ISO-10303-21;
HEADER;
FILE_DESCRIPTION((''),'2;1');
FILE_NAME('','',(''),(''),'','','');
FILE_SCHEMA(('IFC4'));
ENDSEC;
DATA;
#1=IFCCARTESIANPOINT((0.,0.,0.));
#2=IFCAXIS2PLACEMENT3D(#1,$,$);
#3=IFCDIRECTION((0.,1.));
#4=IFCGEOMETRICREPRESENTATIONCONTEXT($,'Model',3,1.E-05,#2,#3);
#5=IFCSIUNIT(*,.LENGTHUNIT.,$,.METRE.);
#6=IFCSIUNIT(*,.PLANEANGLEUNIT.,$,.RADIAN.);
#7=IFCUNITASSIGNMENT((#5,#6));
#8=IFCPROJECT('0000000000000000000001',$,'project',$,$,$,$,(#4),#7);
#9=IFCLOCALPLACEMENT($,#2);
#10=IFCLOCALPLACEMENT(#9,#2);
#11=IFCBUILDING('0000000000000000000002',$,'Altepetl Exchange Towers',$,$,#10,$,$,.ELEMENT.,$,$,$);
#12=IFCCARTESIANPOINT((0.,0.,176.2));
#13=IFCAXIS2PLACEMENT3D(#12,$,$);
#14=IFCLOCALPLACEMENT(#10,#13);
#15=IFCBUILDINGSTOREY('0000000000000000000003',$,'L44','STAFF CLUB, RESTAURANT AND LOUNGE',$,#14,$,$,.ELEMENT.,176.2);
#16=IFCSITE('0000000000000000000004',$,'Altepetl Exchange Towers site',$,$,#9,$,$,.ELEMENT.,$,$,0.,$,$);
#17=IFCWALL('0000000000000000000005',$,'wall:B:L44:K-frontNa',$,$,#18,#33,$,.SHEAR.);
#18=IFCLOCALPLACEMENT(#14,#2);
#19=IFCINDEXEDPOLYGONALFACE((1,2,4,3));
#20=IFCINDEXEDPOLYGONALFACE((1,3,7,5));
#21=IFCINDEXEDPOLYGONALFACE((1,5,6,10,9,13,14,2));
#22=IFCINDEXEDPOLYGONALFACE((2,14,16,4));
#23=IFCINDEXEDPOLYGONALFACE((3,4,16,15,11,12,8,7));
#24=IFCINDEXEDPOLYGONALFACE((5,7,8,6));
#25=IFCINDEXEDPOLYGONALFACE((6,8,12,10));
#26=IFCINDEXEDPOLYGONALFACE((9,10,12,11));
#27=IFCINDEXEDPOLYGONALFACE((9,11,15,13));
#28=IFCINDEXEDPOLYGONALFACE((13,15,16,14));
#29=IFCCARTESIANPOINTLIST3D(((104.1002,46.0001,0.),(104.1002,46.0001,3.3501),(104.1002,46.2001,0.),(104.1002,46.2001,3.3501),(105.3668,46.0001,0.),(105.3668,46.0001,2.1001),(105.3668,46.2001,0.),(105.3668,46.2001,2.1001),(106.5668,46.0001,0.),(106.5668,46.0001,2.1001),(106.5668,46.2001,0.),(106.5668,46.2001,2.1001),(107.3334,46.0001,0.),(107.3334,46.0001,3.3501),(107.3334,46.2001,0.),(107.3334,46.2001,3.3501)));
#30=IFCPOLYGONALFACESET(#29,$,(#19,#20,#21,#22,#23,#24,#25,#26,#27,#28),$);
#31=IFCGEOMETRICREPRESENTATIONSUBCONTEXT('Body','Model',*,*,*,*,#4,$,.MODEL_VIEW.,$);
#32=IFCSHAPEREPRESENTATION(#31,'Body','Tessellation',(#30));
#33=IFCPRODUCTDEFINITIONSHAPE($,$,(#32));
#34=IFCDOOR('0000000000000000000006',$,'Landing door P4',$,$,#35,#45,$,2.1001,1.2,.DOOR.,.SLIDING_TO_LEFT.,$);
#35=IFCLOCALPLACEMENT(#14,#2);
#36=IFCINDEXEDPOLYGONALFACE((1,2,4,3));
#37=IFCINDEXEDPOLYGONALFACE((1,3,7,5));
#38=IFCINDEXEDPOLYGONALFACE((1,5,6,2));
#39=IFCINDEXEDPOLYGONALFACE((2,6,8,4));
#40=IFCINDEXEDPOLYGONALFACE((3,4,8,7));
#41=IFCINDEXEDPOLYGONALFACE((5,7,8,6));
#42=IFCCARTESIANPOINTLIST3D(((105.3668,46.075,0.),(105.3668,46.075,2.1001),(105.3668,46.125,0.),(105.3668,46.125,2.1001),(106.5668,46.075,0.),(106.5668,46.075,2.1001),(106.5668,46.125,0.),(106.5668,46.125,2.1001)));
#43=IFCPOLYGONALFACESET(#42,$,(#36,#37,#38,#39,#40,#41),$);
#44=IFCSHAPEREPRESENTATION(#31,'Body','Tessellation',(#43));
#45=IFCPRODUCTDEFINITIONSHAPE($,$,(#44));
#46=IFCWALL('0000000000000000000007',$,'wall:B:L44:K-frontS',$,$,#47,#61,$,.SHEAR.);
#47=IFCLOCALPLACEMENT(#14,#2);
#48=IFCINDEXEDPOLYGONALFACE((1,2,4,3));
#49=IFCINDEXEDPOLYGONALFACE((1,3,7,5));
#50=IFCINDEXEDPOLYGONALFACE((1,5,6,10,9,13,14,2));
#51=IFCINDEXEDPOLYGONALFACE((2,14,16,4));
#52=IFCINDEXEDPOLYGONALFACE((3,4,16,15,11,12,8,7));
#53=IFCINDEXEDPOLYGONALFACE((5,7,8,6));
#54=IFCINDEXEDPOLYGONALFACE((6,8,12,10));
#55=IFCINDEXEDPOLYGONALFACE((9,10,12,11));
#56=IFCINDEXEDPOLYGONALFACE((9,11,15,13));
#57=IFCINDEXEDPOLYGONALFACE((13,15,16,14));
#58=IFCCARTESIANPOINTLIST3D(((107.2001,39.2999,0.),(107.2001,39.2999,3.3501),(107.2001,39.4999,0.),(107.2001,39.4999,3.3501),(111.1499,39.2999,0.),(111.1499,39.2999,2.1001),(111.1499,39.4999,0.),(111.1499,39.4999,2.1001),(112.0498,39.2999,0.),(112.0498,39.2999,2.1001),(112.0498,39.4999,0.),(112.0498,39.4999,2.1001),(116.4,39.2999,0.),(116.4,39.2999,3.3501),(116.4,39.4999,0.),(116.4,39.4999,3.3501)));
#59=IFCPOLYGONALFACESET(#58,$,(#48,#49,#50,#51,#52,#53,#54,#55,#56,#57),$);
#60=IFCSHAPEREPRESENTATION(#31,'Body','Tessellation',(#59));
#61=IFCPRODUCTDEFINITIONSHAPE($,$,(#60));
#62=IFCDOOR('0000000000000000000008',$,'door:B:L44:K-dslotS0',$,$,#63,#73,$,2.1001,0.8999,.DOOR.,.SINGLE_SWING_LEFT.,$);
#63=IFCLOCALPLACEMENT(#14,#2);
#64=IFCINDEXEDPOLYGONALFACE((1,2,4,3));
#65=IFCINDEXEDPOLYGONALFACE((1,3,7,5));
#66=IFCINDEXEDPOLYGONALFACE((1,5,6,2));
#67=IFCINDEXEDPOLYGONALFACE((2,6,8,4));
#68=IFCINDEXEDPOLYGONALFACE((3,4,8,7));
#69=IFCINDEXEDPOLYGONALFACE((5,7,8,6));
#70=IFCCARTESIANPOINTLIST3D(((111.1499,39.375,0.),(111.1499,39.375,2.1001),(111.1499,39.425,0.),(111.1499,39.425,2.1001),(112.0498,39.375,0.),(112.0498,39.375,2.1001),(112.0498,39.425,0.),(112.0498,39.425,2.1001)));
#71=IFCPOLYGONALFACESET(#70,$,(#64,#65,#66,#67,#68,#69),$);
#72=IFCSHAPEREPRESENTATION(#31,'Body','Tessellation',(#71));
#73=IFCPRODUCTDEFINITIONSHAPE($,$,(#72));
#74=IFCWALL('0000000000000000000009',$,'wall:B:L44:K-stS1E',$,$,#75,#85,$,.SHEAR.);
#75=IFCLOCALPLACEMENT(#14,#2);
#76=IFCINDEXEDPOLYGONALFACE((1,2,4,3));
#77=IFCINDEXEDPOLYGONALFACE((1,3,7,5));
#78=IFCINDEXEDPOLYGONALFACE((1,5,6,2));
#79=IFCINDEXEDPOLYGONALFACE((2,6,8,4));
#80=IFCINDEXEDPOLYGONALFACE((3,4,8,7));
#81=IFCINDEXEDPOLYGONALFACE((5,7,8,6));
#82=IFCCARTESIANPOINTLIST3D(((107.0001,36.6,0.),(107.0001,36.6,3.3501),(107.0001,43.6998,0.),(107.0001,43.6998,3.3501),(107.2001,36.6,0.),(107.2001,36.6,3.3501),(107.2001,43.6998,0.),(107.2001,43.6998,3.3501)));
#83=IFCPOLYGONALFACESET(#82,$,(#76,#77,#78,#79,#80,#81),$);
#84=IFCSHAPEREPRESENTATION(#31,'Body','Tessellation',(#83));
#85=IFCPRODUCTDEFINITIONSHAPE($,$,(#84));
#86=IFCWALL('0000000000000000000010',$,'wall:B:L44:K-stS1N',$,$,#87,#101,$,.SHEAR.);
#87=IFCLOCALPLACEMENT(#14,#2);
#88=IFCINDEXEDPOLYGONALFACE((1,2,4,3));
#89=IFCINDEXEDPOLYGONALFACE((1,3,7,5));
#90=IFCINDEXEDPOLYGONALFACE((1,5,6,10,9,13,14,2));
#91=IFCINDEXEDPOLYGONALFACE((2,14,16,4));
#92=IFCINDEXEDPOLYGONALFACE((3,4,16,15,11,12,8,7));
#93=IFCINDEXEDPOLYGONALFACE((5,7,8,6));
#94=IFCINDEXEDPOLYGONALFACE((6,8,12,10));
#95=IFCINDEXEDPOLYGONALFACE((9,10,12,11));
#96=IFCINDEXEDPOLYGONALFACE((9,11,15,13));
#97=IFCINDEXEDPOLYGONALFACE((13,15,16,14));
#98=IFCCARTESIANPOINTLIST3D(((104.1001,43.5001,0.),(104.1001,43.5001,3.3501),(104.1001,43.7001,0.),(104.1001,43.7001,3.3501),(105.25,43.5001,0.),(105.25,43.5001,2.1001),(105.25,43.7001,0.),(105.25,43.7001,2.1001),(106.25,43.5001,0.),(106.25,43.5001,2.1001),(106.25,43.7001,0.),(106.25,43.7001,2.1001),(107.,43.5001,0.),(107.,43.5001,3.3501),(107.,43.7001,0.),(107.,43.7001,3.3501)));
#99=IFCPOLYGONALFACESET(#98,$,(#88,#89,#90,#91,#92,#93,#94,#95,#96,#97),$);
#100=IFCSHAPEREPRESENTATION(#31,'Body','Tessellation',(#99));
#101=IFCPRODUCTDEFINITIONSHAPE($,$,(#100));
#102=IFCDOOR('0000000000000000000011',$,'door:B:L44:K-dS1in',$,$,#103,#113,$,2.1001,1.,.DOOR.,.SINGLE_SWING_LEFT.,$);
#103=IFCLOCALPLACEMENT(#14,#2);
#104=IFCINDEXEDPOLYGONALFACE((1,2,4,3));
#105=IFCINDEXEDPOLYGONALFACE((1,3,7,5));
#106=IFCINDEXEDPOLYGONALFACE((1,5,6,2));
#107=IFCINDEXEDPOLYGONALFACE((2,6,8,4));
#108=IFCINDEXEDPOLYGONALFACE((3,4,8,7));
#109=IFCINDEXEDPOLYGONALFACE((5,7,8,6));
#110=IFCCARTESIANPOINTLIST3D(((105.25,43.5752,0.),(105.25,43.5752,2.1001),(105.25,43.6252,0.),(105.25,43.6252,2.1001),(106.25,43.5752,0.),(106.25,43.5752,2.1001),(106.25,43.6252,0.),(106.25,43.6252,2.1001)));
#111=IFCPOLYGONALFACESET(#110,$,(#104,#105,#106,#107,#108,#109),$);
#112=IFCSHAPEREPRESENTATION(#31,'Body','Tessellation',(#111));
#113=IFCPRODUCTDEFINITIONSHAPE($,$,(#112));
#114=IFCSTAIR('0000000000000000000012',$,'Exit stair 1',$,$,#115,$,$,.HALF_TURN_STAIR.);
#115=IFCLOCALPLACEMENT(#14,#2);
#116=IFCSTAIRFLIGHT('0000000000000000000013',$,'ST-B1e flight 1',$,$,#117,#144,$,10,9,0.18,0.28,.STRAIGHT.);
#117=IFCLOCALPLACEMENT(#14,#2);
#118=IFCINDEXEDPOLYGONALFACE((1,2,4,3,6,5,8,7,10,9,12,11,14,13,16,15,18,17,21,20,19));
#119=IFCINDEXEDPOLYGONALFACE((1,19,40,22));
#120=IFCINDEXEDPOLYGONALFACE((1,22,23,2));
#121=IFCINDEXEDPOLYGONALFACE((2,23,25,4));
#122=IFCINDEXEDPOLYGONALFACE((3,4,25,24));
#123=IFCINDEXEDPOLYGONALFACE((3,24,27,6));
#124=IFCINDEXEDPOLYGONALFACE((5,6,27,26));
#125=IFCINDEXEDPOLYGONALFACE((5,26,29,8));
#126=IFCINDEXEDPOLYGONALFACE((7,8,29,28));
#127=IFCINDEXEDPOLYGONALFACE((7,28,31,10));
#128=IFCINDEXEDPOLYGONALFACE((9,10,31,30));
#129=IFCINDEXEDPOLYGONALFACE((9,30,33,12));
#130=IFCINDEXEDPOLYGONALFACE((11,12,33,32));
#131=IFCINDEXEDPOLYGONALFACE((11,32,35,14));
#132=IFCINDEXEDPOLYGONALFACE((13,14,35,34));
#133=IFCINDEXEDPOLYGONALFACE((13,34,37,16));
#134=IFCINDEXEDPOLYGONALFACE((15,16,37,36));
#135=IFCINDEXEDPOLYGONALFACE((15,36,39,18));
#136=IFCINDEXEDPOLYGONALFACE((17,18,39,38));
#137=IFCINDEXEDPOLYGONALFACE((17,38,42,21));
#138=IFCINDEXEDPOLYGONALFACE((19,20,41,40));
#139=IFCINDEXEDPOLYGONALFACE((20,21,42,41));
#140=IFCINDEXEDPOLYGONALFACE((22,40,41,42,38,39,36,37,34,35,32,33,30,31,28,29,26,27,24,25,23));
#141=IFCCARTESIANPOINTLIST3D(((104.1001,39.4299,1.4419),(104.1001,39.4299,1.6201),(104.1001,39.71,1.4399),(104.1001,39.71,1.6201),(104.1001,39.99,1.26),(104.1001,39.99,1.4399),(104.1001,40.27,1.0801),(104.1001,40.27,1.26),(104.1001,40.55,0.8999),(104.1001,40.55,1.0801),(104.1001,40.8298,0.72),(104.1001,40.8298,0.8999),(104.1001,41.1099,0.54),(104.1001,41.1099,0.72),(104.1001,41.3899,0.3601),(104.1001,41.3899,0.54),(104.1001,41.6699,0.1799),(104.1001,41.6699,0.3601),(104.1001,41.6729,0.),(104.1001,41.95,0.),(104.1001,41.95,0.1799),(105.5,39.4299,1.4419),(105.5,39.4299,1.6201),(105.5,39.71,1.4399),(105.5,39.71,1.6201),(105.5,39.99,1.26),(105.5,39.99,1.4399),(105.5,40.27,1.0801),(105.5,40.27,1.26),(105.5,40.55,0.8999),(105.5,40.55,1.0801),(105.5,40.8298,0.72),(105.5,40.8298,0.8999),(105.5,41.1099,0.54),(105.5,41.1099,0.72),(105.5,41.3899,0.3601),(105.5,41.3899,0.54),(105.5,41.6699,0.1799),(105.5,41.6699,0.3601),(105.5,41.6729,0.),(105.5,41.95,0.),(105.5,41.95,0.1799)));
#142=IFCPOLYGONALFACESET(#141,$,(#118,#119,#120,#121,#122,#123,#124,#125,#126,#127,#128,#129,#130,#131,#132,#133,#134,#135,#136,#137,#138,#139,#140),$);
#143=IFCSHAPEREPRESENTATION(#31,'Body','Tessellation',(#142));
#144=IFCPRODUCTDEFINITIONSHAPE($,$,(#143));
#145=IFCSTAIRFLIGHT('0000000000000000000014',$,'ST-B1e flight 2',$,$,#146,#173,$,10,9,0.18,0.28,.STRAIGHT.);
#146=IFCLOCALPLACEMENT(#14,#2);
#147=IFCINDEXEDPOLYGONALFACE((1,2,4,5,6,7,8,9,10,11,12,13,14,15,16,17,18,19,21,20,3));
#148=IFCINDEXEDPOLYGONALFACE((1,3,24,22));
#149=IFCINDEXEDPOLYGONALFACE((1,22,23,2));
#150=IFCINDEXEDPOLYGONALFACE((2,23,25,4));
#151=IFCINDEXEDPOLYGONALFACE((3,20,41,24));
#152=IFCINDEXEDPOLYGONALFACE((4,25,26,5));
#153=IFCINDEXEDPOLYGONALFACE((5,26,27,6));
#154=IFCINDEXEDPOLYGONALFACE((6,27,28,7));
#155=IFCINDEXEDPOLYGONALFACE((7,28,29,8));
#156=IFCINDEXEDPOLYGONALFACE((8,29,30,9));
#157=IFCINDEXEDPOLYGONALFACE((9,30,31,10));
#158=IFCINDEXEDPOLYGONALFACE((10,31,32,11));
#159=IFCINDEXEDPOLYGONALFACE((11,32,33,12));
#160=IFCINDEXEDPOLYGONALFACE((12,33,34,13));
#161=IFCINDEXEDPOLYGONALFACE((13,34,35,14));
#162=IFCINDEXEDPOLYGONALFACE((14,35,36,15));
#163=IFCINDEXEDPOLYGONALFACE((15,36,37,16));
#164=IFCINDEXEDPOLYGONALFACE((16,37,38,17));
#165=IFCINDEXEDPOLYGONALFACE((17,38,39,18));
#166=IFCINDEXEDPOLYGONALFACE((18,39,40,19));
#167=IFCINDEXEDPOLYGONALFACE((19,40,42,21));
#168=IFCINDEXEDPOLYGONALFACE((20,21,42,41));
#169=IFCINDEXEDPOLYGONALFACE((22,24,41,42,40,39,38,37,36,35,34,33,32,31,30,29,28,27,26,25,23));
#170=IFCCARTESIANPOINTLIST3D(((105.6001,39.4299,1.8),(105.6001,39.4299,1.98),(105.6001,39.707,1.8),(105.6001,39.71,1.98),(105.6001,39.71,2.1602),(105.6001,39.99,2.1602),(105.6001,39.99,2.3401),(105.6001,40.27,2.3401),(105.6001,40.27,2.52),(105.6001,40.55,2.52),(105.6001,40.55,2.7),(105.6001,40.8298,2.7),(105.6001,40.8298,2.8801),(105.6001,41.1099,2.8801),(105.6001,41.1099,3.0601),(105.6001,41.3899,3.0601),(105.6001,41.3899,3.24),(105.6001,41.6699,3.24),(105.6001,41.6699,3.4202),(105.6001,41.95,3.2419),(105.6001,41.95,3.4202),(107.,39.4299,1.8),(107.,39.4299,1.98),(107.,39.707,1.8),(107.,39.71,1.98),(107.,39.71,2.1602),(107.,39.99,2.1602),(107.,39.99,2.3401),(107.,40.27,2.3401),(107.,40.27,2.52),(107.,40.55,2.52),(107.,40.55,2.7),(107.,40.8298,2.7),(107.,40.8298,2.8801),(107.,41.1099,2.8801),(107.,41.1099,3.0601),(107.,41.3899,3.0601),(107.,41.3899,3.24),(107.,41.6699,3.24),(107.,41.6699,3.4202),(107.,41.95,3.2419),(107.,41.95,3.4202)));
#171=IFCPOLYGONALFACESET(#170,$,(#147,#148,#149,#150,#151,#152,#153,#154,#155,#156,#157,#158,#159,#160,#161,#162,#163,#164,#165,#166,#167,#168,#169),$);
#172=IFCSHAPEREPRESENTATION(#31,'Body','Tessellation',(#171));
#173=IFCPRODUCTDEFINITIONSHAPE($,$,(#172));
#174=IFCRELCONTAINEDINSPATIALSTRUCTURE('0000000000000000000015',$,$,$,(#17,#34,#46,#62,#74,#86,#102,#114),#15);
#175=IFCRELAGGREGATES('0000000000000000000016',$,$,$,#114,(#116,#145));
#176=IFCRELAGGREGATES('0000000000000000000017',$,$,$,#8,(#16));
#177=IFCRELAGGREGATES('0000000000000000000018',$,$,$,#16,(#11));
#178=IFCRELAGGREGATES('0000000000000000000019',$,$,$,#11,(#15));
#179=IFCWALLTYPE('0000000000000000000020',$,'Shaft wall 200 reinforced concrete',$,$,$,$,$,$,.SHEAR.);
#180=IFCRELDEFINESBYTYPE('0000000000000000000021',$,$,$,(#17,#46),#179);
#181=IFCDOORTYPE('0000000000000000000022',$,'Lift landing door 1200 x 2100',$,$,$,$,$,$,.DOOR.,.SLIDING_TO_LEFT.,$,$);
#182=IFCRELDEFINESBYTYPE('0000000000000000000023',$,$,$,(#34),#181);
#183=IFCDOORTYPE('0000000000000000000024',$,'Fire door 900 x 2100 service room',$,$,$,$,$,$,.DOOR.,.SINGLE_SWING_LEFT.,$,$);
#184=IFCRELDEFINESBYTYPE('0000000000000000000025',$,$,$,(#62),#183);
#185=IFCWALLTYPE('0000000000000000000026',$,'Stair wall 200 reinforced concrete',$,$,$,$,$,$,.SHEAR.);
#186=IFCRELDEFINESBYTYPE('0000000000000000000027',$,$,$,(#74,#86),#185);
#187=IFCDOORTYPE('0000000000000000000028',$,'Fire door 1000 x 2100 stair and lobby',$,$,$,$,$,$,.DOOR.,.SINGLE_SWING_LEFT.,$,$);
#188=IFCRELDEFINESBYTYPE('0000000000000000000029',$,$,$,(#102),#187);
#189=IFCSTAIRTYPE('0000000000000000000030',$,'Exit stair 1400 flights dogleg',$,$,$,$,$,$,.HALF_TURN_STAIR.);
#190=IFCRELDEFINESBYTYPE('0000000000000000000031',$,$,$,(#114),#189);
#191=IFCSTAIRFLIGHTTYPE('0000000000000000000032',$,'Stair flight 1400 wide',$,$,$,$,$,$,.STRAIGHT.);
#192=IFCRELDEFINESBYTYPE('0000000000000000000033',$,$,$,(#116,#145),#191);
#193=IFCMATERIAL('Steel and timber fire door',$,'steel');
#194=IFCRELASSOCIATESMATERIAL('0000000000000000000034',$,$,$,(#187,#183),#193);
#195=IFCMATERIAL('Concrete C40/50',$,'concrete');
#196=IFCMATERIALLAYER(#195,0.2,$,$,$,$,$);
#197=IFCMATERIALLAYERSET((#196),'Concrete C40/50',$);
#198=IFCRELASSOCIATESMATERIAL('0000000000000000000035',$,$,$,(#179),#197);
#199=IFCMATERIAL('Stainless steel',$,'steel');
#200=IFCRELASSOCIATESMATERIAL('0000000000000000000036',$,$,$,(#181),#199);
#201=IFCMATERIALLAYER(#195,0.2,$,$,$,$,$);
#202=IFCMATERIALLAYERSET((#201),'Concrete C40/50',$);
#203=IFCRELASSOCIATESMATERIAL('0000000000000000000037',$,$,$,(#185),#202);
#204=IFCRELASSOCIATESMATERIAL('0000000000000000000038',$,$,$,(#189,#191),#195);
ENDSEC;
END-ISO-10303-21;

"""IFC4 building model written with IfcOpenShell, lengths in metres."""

from ifc_helpers import new_model, si_unit, direction, frame, frame_2d, origin, place, context, subcontext, project, spatial, polyline, rectangle, outline, extrude, material, layer, layer_set, type_object, element, fill, aggregate, save


model = new_model("IFC4")

# Units and contexts
model_context = context("Model", 3, precision=1e-05, world=origin(), true_north=direction((0.0, 1.0)))
body_context = subcontext(model_context, "Body", "Model", "MODEL_VIEW")
ifc_project = project(units=[si_unit("LENGTHUNIT", "METRE"), si_unit("PLANEANGLEUNIT", "RADIAN")], contexts=[model_context])

# Site, building, storey
site_placement = place(None, origin())
site = spatial("IfcSite", under=ifc_project, at=site_placement, Name="Altepetl Exchange Towers site", CompositionType="ELEMENT", RefElevation=0.0)
building_placement = place(site_placement, origin())
building = spatial("IfcBuilding", under=site, at=building_placement, Name="Altepetl Exchange Towers", CompositionType="ELEMENT")
storey_placement = place(building_placement, frame((0.0, 0.0, 176.2)))
storey = spatial("IfcBuildingStorey", under=building, at=storey_placement, Name="L44", Description="STAFF CLUB, RESTAURANT AND LOUNGE", CompositionType="ELEMENT", Elevation=176.2)

# Shared definitions
ifc_material_1 = material(Name="Steel and timber fire door", Category="steel")
door_type_1 = type_object("IfcDoorType", Name="Fire door 1000 x 2100 stair and lobby", OperationType="SINGLE_SWING_LEFT", PredefinedType="DOOR", material=ifc_material_1)

# Walls, openings, doors
ifc_material_2 = material(Name="Concrete C40/50", Category="concrete")
ifc_layer_1 = layer(ifc_material_2, 0.2)
ifc_layer_set_1 = layer_set([ifc_layer_1], Name="Concrete C40/50")
wall_type_1 = type_object("IfcWallType", Name="Shaft wall 200 reinforced concrete", PredefinedType="SHEAR", material=ifc_layer_set_1)
wall_1_placement = place(storey_placement, frame((104.1001, 46.1001, 0.0)))
wall_1 = element("IfcWall", 1, at=wall_1_placement, inside=storey, type_object=wall_type_1, Name="wall:B:L44:K-frontNa", PredefinedType="SHEAR", context=body_context, shape_type="SweptSolid", body=[
    extrude(rectangle(XDim=3.2332, YDim=0.2, at=frame_2d((1.6167, 0.0))), origin(), (0.0, 0.0, 1.0), 3.3501),
])
opening_1_placement = place(wall_1_placement, frame((1.2666, 0.0, 0.0)))
opening_1 = element("IfcOpeningElement", 2, at=opening_1_placement, cuts=wall_1, PredefinedType="OPENING", context=body_context, shape_type="SweptSolid", body=[
    extrude(rectangle(XDim=1.2, YDim=2.1001, at=frame_2d((0.6001, 1.05))), frame((0.0, 0.1099, 0.0), z_axis=(0.0, -1.0, 0.0), x_axis=(1.0, 0.0, 0.0)), (0.0, 0.0, 1.0), 0.22),
])
ifc_material_3 = material(Name="Stainless steel", Category="steel")
door_type_2 = type_object("IfcDoorType", Name="Lift landing door 1200 x 2100", OperationType="SLIDING_TO_LEFT", PredefinedType="DOOR", material=ifc_material_3)
door_1_placement = place(opening_1_placement, origin())
door_1 = element("IfcDoor", 3, at=door_1_placement, inside=storey, type_object=door_type_2, Name="Landing door P4", OperationType="SLIDING_TO_LEFT", OverallHeight=2.1001, OverallWidth=1.2, PredefinedType="DOOR", context=body_context, shape_type="SweptSolid", body=[
    extrude(rectangle(XDim=1.2, YDim=2.1001, at=frame_2d((0.6001, 1.05))), frame((0.0, 0.0249, 0.0), z_axis=(0.0, -1.0, 0.0), x_axis=(1.0, 0.0, 0.0)), (0.0, 0.0, 1.0), 0.05),
])
fill(opening_1, door_1)
wall_2_placement = place(storey_placement, frame((107.2, 39.3999, 0.0)))
wall_2 = element("IfcWall", 4, at=wall_2_placement, inside=storey, type_object=wall_type_1, Name="wall:B:L44:K-frontS", PredefinedType="SHEAR", context=body_context, shape_type="SweptSolid", body=[
    extrude(rectangle(XDim=9.2, YDim=0.2, at=frame_2d((4.6001, 0.0))), origin(), (0.0, 0.0, 1.0), 3.3501),
])
opening_2_placement = place(wall_2_placement, frame((3.95, 0.0, 0.0)))
opening_2 = element("IfcOpeningElement", 5, at=opening_2_placement, cuts=wall_2, PredefinedType="OPENING", context=body_context, shape_type="SweptSolid", body=[
    extrude(rectangle(XDim=0.8999, YDim=2.1001, at=frame_2d((0.45, 1.05))), frame((0.0, 0.1099, 0.0), z_axis=(0.0, -1.0, 0.0), x_axis=(1.0, 0.0, 0.0)), (0.0, 0.0, 1.0), 0.22),
])
door_type_3 = type_object("IfcDoorType", Name="Fire door 900 x 2100 service room", OperationType="SINGLE_SWING_LEFT", PredefinedType="DOOR", material=ifc_material_1)
door_2_placement = place(opening_2_placement, frame((0.8999, 0.0, 0.0), x_axis=(-1.0, 0.0, 0.0)))
door_2 = element("IfcDoor", 6, at=door_2_placement, inside=storey, type_object=door_type_3, Name="door:B:L44:K-dslotS0", OperationType="SINGLE_SWING_LEFT", OverallHeight=2.1001, OverallWidth=0.8999, PredefinedType="DOOR", context=body_context, shape_type="SweptSolid", body=[
    extrude(rectangle(XDim=0.8999, YDim=2.1001, at=frame_2d((0.45, 1.05))), frame((0.0, 0.0249, 0.0), z_axis=(0.0, -1.0, 0.0), x_axis=(1.0, 0.0, 0.0)), (0.0, 0.0, 1.0), 0.05),
])
fill(opening_2, door_2)

# Wall
ifc_layer_2 = layer(ifc_material_2, 0.2)
ifc_layer_set_2 = layer_set([ifc_layer_2], Name="Concrete C40/50")
wall_type_2 = type_object("IfcWallType", Name="Stair wall 200 reinforced concrete", PredefinedType="SHEAR", material=ifc_layer_set_2)
wall_3_placement = place(storey_placement, frame((107.1001, 36.6001, 0.0), z_axis=(0.0, 0.0, 1.0), x_axis=(0.0, 1.0, 0.0)))
element("IfcWall", 7, at=wall_3_placement, inside=storey, type_object=wall_type_2, Name="wall:B:L44:K-stS1E", PredefinedType="SHEAR", context=body_context, shape_type="SweptSolid", body=[
    extrude(rectangle(XDim=7.0999, YDim=0.2, at=frame_2d((3.5498, 0.0))), origin(), (0.0, 0.0, 1.0), 3.3501),
])

# Wall, opening, door
wall_4_placement = place(storey_placement, frame((104.1001, 43.6001, 0.0)))
wall_4 = element("IfcWall", 8, at=wall_4_placement, inside=storey, type_object=wall_type_2, Name="wall:B:L44:K-stS1N", PredefinedType="SHEAR", context=body_context, shape_type="SweptSolid", body=[
    extrude(rectangle(XDim=2.8999, YDim=0.2, at=frame_2d((1.45, 0.0))), origin(), (0.0, 0.0, 1.0), 3.3501),
])
opening_3_placement = place(wall_4_placement, frame((1.1499, 0.0, 0.0)))
opening_3 = element("IfcOpeningElement", 9, at=opening_3_placement, cuts=wall_4, PredefinedType="OPENING", context=body_context, shape_type="SweptSolid", body=[
    extrude(rectangle(XDim=1.0, YDim=2.1001, at=frame_2d((0.5, 1.05))), frame((0.0, 0.1099, 0.0), z_axis=(0.0, -1.0, 0.0), x_axis=(1.0, 0.0, 0.0)), (0.0, 0.0, 1.0), 0.22),
])
door_3_placement = place(opening_3_placement, frame((1.0, 0.0, 0.0), x_axis=(-1.0, 0.0, 0.0)))
door_3 = element("IfcDoor", 10, at=door_3_placement, inside=storey, type_object=door_type_1, Name="door:B:L44:K-dS1in", OperationType="SINGLE_SWING_LEFT", OverallHeight=2.1001, OverallWidth=1.0, PredefinedType="DOOR", context=body_context, shape_type="SweptSolid", body=[
    extrude(rectangle(XDim=1.0, YDim=2.1001, at=frame_2d((0.5, 1.05))), frame((0.0, 0.0249, 0.0), z_axis=(0.0, -1.0, 0.0), x_axis=(1.0, 0.0, 0.0)), (0.0, 0.0, 1.0), 0.05),
])
fill(opening_3, door_3)

# Stair, stair flights
stair_type = type_object("IfcStairType", Name="Exit stair 1400 flights dogleg", PredefinedType="HALF_TURN_STAIR", material=ifc_material_2)
stair_placement = place(storey_placement, origin())
stair = element("IfcStair", 11, at=stair_placement, inside=storey, type_object=stair_type, Name="Exit stair 1", PredefinedType="HALF_TURN_STAIR")
stair_flight_type = type_object("IfcStairFlightType", Name="Stair flight 1400 wide", PredefinedType="STRAIGHT", material=ifc_material_2)
stair_flight_1_placement = place(storey_placement, frame((104.8, 41.95, 0.0), z_axis=(0.0, 0.0, 1.0), x_axis=(0.0, -1.0, 0.0)))
stair_flight_1 = element("IfcStairFlight", 12, at=stair_flight_1_placement, type_object=stair_flight_type, Name="ST-B1e flight 1", NumberOfRisers=10, NumberOfTreads=9, PredefinedType="STRAIGHT", RiserHeight=0.18, TreadLength=0.28, context=body_context, shape_type="SweptSolid", body=[
    extrude(outline(polyline([(0.0, 0.0), (0.0, 0.1799), (0.28, 0.1799), (0.28, 0.3601), (0.5601, 0.3601), (0.5601, 0.54), (0.8401, 0.54), (0.8401, 0.72), (1.1201, 0.72), (1.1201, 0.8999), (1.3999, 0.8999), (1.3999, 1.0801), (1.6799, 1.0801), (1.6799, 1.26), (1.96, 1.26), (1.96, 1.4399), (2.24, 1.4399), (2.24, 1.6201), (2.52, 1.6201), (2.52, 1.8), (2.52, 1.4419), (0.2771, 0.0), (0.0, 0.0)])), frame((0.0, 0.7, 0.0), z_axis=(0.0, -1.0, 0.0), x_axis=(1.0, 0.0, 0.0)), (0.0, 0.0, 1.0), 1.3999),
])
stair_flight_2_placement = place(storey_placement, frame((106.3, 39.4299, 1.8), z_axis=(0.0, 0.0, 1.0), x_axis=(0.0, 1.0, 0.0)))
stair_flight_2 = element("IfcStairFlight", 13, at=stair_flight_2_placement, type_object=stair_flight_type, Name="ST-B1e flight 2", NumberOfRisers=10, NumberOfTreads=9, PredefinedType="STRAIGHT", RiserHeight=0.18, TreadLength=0.28, context=body_context, shape_type="SweptSolid", body=[
    extrude(outline(polyline([(0.0, 0.0), (0.0, 0.1799), (0.28, 0.1799), (0.28, 0.3601), (0.5601, 0.3601), (0.5601, 0.54), (0.8401, 0.54), (0.8401, 0.72), (1.1201, 0.72), (1.1201, 0.8999), (1.3999, 0.8999), (1.3999, 1.0801), (1.6799, 1.0801), (1.6799, 1.26), (1.96, 1.26), (1.96, 1.4399), (2.24, 1.4399), (2.24, 1.6201), (2.52, 1.6201), (2.52, 1.8), (2.52, 1.4419), (0.2771, 0.0), (0.0, 0.0)])), frame((0.0, 0.7, 0.0), z_axis=(0.0, -1.0, 0.0), x_axis=(1.0, 0.0, 0.0)), (0.0, 0.0, 1.0), 1.3999),
])
aggregate(stair, [stair_flight_1, stair_flight_2])

save(model, "model.ifc")
